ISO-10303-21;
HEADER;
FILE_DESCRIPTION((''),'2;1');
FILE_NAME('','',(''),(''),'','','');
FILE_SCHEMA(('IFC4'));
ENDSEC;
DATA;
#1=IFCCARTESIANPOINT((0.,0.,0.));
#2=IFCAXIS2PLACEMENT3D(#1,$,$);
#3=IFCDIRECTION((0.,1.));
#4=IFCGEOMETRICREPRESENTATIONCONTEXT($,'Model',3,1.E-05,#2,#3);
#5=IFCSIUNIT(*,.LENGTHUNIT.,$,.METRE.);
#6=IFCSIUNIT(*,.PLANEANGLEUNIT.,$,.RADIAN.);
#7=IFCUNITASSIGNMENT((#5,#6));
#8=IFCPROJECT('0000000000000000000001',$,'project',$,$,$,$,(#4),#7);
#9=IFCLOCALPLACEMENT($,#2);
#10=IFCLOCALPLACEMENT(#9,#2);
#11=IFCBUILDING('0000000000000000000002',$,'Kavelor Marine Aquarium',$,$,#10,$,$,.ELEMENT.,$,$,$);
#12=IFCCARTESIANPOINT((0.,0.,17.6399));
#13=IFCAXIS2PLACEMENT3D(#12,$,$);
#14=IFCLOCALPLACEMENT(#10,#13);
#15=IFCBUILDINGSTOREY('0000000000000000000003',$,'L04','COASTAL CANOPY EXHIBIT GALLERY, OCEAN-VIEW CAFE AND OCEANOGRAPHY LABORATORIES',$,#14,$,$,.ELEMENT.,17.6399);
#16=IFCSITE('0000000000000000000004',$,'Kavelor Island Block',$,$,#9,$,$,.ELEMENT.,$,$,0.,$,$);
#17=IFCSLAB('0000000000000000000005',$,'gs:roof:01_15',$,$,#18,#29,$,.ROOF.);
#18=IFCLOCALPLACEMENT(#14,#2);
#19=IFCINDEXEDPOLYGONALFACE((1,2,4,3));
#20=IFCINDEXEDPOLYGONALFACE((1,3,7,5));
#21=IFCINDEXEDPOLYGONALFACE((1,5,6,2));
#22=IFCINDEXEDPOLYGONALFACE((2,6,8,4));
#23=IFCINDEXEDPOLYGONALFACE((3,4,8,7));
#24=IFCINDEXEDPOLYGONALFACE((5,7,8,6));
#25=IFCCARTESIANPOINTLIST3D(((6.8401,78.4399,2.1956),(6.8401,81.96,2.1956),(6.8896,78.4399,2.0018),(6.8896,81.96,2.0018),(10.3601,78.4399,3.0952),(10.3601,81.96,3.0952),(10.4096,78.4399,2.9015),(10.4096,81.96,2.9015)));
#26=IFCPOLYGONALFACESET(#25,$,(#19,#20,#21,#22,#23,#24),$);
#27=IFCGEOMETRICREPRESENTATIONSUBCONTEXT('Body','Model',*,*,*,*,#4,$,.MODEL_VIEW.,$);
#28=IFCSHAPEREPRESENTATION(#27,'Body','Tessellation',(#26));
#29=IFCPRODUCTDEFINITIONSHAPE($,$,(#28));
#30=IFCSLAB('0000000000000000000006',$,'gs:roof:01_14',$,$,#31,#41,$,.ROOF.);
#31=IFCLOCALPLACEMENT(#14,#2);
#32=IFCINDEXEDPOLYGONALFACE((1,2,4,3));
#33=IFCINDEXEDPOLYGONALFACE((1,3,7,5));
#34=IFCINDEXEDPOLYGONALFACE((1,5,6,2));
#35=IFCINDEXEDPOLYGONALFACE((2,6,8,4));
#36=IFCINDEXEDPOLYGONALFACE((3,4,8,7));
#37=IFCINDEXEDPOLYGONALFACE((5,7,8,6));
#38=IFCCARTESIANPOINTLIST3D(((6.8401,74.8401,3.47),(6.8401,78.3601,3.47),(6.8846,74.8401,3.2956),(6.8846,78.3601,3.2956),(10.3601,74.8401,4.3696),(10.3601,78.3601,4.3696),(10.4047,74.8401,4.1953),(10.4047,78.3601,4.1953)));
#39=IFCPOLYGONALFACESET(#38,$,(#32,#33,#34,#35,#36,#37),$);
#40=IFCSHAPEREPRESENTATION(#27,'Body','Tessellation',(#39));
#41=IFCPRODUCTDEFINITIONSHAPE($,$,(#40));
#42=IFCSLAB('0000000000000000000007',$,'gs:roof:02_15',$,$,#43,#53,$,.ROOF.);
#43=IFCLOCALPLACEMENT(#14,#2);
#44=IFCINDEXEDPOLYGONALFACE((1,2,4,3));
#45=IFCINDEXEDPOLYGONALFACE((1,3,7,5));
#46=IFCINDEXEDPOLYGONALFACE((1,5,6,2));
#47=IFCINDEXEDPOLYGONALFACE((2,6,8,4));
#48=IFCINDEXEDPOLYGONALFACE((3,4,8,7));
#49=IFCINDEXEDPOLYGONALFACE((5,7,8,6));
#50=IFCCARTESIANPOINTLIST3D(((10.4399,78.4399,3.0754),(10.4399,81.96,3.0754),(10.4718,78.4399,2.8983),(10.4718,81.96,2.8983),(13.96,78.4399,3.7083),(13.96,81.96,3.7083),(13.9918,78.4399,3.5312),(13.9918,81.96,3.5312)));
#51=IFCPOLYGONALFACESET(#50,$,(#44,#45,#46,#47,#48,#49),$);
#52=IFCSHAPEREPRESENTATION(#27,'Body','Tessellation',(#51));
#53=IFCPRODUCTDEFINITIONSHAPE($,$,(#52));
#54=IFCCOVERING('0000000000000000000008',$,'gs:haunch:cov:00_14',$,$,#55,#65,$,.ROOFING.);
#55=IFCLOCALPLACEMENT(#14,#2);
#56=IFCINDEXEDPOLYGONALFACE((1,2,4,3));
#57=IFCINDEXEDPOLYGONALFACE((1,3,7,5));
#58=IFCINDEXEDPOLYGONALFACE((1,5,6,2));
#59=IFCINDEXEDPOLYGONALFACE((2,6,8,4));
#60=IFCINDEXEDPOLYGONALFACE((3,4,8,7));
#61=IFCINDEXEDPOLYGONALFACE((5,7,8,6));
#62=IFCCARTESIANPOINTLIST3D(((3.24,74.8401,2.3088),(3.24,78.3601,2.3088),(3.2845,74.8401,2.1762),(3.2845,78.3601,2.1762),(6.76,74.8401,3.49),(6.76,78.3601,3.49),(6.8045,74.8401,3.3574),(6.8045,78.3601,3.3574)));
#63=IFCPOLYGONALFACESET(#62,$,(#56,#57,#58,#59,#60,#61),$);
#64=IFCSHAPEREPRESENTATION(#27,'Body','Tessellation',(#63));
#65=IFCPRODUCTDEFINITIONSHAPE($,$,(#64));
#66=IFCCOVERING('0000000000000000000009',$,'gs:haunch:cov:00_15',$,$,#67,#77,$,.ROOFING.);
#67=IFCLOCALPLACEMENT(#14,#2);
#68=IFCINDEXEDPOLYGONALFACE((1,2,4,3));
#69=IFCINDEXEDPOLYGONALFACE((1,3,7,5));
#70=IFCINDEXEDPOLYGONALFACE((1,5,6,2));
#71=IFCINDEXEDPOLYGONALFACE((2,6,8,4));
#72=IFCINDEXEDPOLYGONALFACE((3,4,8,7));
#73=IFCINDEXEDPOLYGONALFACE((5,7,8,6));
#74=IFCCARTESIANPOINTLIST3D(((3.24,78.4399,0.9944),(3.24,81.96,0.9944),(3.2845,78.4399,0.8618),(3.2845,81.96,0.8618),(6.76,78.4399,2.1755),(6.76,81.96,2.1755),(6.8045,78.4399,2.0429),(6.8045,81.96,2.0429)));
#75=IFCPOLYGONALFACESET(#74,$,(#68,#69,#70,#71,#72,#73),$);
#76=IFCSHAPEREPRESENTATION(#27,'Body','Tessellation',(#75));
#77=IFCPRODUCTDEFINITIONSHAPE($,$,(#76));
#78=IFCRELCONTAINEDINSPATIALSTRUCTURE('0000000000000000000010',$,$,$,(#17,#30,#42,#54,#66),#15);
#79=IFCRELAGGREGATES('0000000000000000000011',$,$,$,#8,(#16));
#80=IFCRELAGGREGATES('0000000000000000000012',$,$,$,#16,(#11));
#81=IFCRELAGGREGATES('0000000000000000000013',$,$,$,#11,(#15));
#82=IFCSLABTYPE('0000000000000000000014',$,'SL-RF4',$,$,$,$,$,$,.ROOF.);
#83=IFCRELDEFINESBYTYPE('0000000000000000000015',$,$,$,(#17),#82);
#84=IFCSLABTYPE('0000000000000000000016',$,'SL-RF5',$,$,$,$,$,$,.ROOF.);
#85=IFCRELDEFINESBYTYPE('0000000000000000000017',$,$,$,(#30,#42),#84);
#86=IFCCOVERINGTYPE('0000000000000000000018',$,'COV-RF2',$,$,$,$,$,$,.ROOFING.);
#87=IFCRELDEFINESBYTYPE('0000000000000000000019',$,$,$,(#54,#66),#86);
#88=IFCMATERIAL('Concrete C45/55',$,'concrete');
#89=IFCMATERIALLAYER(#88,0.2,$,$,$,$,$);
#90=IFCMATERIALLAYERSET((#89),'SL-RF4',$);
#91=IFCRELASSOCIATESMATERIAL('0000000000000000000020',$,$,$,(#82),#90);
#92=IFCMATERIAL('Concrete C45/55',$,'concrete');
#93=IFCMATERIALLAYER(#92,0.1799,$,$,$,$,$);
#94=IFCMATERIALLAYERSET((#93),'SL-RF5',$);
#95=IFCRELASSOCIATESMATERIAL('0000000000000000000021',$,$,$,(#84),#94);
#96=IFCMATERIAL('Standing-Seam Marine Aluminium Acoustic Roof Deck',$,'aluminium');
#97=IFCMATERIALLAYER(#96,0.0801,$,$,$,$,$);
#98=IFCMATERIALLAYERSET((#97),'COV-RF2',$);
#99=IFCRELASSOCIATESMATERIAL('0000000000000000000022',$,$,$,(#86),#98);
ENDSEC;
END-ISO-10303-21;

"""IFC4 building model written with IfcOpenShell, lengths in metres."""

from ifc_helpers import new_model, si_unit, direction, frame, origin, place, context, subcontext, project, spatial, polyline, outline, extrude, material, layer, layer_set, type_object, element, save


model = new_model("IFC4")

# Units and contexts
model_context = context("Model", 3, precision=1e-05, world=origin(), true_north=direction((0.0, 1.0)))
body_context = subcontext(model_context, "Body", "Model", "MODEL_VIEW")
ifc_project = project(units=[si_unit("LENGTHUNIT", "METRE"), si_unit("PLANEANGLEUNIT", "RADIAN")], contexts=[model_context])

# Site, building, storey
site_placement = place(None, origin())
site = spatial("IfcSite", under=ifc_project, at=site_placement, Name="Kavelor Island Block", CompositionType="ELEMENT", RefElevation=0.0)
building_placement = place(site_placement, origin())
building = spatial("IfcBuilding", under=site, at=building_placement, Name="Kavelor Marine Aquarium", CompositionType="ELEMENT")
storey_placement = place(building_placement, frame((0.0, 0.0, 17.6399)))
storey = spatial("IfcBuildingStorey", under=building, at=storey_placement, Name="L04", Description="COASTAL CANOPY EXHIBIT GALLERY, OCEAN-VIEW CAFE AND OCEANOGRAPHY LABORATORIES", CompositionType="ELEMENT", Elevation=17.6399)

# Slabs
ifc_material_1 = material(Name="Concrete C45/55", Category="concrete")
ifc_layer_1 = layer(ifc_material_1, 0.2)
ifc_layer_set_1 = layer_set([ifc_layer_1], Name="SL-RF4")
slab_type_1 = type_object("IfcSlabType", Name="SL-RF4", PredefinedType="ROOF", material=ifc_layer_set_1)
slab_1_placement = place(storey_placement, frame((6.8401, 78.4399, 2.1956), z_axis=(-0.247623, 0.0, 0.968856), x_axis=(0.968856, 0.0, 0.247623)))
element("IfcSlab", 1, at=slab_1_placement, inside=storey, type_object=slab_type_1, Name="gs:roof:01_15", PredefinedType="ROOF", context=body_context, shape_type="SweptSolid", body=[
    extrude(outline(polyline([(0.0, 0.0), (3.6332, 0.0), (3.6332, 3.52), (0.0, 3.52), (0.0, 0.0)])), origin(), (0.0, 0.0, -1.0), 0.2),
])
ifc_material_2 = material(Name="Concrete C45/55", Category="concrete")
ifc_layer_2 = layer(ifc_material_2, 0.1799)
ifc_layer_set_2 = layer_set([ifc_layer_2], Name="SL-RF5")
slab_type_2 = type_object("IfcSlabType", Name="SL-RF5", PredefinedType="ROOF", material=ifc_layer_set_2)
slab_2_placement = place(storey_placement, frame((6.8401, 74.8401, 3.47), z_axis=(-0.247623, 0.0, 0.968856), x_axis=(0.968856, 0.0, 0.247623)))
element("IfcSlab", 2, at=slab_2_placement, inside=storey, type_object=slab_type_2, Name="gs:roof:01_14", PredefinedType="ROOF", context=body_context, shape_type="SweptSolid", body=[
    extrude(outline(polyline([(0.0, 0.0), (3.6332, 0.0), (3.6332, 3.52), (0.0, 3.52), (0.0, 0.0)])), origin(), (0.0, 0.0, -1.0), 0.1799),
])
slab_3_placement = place(storey_placement, frame((10.4399, 78.4399, 3.0754), z_axis=(-0.176939, 0.0, 0.984222), x_axis=(0.984222, 0.0, 0.176939)))
element("IfcSlab", 3, at=slab_3_placement, inside=storey, type_object=slab_type_2, Name="gs:roof:02_15", PredefinedType="ROOF", context=body_context, shape_type="SweptSolid", body=[
    extrude(outline(polyline([(0.0, 0.0), (3.5764, 0.0), (3.5764, 3.52), (0.0, 3.52), (0.0, 0.0)])), origin(), (0.0, 0.0, -1.0), 0.1799),
])

# Coverings
ifc_material_3 = material(Name="Standing-Seam Marine Aluminium Acoustic Roof Deck", Category="aluminium")
ifc_layer_3 = layer(ifc_material_3, 0.0801)
ifc_layer_set_3 = layer_set([ifc_layer_3], Name="COV-RF2")
covering_type = type_object("IfcCoveringType", Name="COV-RF2", PredefinedType="ROOFING", material=ifc_layer_set_3)
for number, where, z_axis, x_axis, name in (
    (4, (3.24, 74.8401, 2.3088), (-0.318121, 0.0, 0.94805), (0.94805, 0.0, 0.318121), "gs:haunch:cov:00_14"),
    (5, (3.24, 78.4399, 0.9944), (-0.318121, 0.0, 0.94805), (0.94805, 0.0, 0.318121), "gs:haunch:cov:00_15"),
):
    element("IfcCovering", number, at=place(storey_placement, frame(where, z_axis=z_axis, x_axis=x_axis)), inside=storey, type_object=covering_type, Name=name, PredefinedType="ROOFING", context=body_context, shape_type="SweptSolid", body=[
        extrude(outline(polyline([(0.0, 0.0), (3.7129, 0.0), (3.7129, 3.52), (0.0, 3.52), (0.0, 0.0)])), origin(), (0.0, 0.0, -1.0), 0.1399),
    ])

save(model, "model.ifc")
